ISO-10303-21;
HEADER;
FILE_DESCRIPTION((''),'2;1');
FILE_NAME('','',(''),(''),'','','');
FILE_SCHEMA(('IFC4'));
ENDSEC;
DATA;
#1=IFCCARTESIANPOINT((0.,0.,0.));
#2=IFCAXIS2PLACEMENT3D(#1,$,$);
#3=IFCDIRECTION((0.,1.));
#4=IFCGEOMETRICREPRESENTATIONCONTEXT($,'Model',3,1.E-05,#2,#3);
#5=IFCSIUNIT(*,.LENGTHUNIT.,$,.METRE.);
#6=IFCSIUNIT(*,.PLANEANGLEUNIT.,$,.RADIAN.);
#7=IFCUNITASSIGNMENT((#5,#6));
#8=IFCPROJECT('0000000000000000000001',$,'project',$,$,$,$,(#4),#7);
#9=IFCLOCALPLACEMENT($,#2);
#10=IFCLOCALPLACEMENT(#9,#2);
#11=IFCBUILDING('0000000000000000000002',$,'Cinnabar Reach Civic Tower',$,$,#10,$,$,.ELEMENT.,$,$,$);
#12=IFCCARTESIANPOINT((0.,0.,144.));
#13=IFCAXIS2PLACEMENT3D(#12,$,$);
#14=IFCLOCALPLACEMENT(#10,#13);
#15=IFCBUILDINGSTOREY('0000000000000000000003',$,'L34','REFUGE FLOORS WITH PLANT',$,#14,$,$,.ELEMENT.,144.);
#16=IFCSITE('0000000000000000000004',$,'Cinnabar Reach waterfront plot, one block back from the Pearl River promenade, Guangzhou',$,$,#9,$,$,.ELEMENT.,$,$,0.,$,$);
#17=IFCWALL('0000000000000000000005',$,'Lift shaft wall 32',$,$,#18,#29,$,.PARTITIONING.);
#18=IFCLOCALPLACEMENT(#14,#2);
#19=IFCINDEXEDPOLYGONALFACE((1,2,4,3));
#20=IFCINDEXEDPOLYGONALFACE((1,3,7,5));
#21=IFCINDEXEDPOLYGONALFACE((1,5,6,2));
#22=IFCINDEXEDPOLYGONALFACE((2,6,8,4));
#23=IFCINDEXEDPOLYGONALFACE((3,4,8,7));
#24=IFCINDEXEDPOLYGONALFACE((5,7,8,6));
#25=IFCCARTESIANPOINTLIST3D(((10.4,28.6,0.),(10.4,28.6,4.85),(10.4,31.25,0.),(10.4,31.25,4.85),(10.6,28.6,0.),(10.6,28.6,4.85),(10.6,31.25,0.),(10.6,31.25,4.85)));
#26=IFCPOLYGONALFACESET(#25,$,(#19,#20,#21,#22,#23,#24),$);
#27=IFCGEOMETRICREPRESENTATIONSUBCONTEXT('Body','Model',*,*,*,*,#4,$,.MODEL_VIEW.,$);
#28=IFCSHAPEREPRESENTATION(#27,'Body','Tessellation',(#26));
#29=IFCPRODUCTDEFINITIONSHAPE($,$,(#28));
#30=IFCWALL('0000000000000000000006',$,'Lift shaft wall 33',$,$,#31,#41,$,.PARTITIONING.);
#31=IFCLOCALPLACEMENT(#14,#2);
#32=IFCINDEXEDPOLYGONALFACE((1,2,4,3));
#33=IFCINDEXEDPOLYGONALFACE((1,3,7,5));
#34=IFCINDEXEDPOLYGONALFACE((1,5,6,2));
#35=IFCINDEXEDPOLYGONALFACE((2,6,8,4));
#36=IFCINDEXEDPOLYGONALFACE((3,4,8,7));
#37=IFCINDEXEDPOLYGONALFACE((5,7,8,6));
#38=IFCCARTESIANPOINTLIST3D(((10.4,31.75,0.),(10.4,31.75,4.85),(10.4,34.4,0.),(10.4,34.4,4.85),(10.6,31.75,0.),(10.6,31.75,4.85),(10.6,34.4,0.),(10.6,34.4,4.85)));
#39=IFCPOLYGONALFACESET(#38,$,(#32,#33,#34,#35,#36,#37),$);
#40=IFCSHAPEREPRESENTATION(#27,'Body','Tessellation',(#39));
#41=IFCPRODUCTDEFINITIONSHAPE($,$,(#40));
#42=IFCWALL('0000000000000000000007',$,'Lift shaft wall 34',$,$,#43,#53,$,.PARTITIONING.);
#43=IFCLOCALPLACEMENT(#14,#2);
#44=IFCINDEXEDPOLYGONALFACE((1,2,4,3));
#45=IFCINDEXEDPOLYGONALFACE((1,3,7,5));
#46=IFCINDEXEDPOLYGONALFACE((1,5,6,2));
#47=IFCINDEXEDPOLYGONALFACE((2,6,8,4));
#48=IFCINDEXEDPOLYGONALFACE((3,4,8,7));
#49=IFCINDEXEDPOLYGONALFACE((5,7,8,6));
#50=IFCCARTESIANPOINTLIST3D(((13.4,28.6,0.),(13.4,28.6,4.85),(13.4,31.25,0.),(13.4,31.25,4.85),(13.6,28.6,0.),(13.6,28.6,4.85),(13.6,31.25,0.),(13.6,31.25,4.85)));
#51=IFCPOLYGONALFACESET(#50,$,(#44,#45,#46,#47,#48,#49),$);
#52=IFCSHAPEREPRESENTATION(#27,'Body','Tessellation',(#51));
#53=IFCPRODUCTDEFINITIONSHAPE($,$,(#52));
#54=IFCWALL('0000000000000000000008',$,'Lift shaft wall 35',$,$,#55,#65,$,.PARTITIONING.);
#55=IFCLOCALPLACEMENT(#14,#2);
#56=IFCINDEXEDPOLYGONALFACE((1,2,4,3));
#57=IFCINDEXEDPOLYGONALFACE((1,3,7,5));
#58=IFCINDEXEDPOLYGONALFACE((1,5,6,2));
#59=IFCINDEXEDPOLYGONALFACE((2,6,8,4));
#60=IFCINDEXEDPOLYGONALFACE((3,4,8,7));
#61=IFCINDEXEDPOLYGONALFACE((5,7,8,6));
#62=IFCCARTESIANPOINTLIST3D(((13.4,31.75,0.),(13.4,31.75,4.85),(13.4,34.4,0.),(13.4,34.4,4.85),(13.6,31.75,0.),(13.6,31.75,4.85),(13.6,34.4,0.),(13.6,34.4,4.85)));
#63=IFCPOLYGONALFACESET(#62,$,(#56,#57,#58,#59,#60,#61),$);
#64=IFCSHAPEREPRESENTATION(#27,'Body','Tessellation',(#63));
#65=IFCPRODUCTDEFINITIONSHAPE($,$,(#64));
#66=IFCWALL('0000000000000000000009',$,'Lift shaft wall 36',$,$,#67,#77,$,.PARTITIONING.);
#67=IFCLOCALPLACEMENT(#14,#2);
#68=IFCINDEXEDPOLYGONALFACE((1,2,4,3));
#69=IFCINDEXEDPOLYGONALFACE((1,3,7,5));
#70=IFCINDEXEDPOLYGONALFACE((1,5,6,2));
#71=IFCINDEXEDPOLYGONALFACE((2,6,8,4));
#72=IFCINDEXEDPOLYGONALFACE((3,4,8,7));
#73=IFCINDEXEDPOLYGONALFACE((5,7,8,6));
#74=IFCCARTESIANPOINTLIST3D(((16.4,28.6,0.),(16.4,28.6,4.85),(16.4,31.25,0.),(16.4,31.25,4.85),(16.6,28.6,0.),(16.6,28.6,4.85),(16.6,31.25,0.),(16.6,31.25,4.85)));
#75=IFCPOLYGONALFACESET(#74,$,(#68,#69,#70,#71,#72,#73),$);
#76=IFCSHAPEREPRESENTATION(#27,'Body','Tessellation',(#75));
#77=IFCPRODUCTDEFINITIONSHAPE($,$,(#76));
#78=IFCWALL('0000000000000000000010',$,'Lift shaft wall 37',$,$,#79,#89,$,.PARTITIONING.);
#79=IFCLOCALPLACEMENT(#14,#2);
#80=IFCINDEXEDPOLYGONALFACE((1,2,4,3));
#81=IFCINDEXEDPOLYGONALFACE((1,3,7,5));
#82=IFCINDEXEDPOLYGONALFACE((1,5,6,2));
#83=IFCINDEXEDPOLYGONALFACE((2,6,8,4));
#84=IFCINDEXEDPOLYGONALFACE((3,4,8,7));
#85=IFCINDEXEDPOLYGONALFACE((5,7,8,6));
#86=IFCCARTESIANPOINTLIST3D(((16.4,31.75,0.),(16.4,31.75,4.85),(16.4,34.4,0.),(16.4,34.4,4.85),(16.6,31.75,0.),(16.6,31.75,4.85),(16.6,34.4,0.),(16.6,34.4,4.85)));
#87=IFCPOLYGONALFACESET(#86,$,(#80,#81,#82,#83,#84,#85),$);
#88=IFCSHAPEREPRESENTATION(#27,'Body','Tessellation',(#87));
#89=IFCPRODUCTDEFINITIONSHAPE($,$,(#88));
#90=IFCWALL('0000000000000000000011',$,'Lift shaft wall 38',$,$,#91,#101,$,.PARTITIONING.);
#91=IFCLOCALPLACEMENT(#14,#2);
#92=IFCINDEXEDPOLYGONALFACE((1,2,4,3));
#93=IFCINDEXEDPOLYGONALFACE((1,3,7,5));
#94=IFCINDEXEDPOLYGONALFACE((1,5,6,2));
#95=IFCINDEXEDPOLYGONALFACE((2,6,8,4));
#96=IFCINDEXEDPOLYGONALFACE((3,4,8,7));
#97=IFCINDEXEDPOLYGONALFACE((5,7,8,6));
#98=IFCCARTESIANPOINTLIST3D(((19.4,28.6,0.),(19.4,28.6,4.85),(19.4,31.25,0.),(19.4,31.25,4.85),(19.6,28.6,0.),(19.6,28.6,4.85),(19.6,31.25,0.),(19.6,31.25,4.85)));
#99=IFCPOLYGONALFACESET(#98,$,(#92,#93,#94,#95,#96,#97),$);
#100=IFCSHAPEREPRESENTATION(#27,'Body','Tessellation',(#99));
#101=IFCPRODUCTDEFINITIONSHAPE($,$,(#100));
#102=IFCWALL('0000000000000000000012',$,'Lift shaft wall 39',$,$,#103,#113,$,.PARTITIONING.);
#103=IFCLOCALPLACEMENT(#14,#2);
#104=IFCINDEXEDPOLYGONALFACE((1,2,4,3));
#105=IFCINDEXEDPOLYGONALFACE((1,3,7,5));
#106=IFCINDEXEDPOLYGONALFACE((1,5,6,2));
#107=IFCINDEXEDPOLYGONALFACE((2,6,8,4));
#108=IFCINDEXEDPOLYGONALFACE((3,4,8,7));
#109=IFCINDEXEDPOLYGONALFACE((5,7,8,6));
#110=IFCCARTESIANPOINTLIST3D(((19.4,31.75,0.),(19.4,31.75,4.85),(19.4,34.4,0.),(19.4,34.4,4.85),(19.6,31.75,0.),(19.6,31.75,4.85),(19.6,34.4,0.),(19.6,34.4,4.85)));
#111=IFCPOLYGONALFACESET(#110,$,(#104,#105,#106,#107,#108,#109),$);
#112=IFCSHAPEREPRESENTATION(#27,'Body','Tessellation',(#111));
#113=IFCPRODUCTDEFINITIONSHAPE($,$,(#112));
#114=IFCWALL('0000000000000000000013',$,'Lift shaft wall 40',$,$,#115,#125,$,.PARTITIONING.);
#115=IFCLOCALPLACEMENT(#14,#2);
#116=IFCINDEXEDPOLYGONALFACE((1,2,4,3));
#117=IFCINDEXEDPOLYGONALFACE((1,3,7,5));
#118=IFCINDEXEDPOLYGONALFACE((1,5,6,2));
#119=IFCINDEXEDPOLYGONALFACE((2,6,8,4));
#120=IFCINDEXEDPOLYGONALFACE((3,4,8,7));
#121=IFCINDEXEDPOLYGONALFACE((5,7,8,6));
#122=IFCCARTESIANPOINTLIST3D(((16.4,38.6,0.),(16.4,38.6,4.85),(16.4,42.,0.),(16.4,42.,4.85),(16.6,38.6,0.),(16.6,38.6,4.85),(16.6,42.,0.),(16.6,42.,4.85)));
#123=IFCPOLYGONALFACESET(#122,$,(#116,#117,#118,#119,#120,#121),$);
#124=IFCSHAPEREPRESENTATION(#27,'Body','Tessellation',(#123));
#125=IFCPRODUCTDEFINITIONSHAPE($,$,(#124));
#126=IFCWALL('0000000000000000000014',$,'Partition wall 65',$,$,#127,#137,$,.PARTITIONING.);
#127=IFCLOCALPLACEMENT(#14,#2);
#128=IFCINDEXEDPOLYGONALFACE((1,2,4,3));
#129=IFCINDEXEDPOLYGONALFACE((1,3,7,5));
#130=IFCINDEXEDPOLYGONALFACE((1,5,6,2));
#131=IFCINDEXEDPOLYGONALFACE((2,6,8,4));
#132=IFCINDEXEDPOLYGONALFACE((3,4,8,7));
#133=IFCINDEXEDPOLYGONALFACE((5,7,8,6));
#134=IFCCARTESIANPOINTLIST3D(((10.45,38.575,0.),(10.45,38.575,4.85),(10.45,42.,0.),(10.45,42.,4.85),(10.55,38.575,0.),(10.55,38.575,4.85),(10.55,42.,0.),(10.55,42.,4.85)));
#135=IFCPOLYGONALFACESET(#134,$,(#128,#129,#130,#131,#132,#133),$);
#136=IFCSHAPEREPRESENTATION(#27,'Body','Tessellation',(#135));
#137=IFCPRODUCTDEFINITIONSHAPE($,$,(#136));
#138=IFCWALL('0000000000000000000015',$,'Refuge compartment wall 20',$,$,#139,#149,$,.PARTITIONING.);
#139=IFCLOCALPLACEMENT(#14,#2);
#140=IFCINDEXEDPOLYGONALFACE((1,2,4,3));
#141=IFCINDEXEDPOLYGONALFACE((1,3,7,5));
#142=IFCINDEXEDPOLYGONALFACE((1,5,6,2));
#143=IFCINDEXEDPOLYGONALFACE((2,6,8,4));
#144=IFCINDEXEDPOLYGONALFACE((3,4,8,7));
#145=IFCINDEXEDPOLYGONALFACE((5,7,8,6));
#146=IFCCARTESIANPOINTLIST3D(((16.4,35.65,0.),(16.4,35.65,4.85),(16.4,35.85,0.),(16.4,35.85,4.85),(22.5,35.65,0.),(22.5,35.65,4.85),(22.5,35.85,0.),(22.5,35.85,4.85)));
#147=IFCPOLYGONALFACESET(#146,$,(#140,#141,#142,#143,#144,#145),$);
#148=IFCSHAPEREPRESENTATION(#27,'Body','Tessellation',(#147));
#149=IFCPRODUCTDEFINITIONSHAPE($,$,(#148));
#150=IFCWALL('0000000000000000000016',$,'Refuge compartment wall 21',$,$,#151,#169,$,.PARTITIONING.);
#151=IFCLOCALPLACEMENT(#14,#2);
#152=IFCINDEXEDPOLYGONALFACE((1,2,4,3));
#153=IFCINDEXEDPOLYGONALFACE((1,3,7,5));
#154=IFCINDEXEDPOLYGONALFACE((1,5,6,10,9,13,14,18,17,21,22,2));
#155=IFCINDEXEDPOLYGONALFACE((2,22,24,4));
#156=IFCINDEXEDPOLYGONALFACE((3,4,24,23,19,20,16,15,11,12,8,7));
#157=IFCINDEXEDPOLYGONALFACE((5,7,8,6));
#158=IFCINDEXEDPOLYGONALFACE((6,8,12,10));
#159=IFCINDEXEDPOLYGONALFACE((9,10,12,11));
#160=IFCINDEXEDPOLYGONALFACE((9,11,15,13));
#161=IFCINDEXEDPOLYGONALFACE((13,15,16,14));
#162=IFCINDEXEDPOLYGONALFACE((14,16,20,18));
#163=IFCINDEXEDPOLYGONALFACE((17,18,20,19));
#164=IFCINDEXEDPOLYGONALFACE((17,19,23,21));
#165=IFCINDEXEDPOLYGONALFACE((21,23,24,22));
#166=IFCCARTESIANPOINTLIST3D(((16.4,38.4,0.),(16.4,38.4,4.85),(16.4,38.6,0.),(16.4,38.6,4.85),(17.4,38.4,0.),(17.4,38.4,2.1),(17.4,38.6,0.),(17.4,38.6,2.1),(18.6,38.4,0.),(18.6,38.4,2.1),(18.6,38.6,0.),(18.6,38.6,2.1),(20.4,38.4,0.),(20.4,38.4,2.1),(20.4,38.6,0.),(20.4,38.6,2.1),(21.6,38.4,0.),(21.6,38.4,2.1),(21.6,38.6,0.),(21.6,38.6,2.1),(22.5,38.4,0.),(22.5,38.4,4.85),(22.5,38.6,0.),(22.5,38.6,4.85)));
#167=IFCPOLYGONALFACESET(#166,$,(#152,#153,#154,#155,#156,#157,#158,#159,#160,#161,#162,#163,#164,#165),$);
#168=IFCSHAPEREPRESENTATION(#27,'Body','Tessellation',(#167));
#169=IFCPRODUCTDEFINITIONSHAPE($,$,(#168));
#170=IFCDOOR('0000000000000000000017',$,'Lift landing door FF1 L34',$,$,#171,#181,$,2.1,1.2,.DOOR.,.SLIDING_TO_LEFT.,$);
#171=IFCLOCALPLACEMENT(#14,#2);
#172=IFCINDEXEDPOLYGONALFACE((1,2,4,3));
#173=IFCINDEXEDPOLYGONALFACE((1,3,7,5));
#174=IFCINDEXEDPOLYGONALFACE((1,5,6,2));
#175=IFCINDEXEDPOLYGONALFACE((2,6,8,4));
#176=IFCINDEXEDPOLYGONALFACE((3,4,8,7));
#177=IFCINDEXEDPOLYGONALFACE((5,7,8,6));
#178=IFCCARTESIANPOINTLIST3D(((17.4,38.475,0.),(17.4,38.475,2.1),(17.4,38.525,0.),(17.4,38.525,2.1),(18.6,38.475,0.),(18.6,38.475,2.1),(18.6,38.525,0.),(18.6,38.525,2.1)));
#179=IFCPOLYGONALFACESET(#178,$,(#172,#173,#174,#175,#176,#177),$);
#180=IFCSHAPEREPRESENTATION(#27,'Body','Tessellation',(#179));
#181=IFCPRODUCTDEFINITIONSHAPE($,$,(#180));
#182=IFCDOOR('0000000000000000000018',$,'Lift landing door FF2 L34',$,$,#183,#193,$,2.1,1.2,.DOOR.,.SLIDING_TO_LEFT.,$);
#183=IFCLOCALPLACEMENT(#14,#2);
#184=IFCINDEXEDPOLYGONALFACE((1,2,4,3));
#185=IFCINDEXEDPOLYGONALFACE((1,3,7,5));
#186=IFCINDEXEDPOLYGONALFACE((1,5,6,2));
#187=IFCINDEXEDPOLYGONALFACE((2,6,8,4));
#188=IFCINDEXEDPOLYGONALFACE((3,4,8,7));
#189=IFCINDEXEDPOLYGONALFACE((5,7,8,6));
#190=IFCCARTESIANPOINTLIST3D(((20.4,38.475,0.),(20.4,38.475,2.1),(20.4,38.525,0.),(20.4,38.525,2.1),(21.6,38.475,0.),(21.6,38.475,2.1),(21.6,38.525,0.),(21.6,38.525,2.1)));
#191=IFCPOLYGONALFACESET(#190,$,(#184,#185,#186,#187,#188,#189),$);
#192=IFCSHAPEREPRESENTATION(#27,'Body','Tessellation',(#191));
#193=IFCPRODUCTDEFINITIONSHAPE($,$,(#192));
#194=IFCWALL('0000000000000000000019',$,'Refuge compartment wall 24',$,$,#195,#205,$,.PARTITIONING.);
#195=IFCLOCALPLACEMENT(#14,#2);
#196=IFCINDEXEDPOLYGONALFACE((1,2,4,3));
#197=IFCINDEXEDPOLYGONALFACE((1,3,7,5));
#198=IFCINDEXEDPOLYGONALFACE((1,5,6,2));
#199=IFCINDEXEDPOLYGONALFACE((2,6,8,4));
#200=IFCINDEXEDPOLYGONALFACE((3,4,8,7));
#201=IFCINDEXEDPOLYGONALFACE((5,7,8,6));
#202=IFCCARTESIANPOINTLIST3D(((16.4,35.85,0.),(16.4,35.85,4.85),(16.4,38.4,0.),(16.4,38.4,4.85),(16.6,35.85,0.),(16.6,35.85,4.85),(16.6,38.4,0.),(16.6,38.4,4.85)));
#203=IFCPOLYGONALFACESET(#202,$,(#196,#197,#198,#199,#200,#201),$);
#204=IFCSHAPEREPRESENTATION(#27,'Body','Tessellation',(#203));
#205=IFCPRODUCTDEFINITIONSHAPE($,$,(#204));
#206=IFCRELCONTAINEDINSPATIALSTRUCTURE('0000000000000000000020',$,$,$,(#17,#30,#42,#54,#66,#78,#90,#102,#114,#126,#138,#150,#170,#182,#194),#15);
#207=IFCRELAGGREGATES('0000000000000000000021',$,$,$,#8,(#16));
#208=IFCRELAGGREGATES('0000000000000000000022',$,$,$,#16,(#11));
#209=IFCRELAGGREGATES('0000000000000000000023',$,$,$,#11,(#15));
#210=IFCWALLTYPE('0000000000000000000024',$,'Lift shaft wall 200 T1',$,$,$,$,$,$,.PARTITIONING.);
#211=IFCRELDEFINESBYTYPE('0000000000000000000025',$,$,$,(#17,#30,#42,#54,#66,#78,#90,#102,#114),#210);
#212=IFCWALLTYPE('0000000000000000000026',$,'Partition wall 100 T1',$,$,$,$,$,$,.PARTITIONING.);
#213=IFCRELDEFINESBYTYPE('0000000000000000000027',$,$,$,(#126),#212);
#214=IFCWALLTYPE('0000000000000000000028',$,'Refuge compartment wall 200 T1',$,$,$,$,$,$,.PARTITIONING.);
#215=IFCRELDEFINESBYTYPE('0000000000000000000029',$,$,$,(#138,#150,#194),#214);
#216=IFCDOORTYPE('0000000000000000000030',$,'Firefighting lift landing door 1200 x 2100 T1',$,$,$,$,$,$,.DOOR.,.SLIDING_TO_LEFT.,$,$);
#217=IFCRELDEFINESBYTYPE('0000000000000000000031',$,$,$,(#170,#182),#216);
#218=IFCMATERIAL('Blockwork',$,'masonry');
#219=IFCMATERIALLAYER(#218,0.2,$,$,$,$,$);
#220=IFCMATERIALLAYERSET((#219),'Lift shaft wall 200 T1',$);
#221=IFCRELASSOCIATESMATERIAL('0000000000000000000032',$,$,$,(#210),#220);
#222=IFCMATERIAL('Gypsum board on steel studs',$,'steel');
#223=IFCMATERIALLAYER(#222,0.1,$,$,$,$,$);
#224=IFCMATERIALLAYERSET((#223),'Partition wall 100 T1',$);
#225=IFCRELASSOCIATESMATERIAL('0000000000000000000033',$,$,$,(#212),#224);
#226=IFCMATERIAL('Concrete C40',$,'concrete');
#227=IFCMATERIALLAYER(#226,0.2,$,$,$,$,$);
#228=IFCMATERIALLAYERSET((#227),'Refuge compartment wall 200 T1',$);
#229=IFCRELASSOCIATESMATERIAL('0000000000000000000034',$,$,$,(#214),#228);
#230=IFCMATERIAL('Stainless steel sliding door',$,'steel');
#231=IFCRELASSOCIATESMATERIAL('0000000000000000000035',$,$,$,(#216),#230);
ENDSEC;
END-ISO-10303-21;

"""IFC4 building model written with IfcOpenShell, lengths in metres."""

from ifc_helpers import new_model, si_unit, direction, frame, frame_2d, origin, place, context, subcontext, project, spatial, rectangle, extrude, material, layer, layer_set, type_object, element, fill, save


model = new_model("IFC4")

# Units and contexts
model_context = context("Model", 3, precision=1e-05, world=origin(), true_north=direction((0.0, 1.0)))
body_context = subcontext(model_context, "Body", "Model", "MODEL_VIEW")
ifc_project = project(units=[si_unit("LENGTHUNIT", "METRE"), si_unit("PLANEANGLEUNIT", "RADIAN")], contexts=[model_context])

# Site, building, storey
site_placement = place(None, origin())
site = spatial("IfcSite", under=ifc_project, at=site_placement, Name="Cinnabar Reach waterfront plot, one block back from the Pearl River promenade, Guangzhou", CompositionType="ELEMENT", RefElevation=0.0)
building_placement = place(site_placement, origin())
building = spatial("IfcBuilding", under=site, at=building_placement, Name="Cinnabar Reach Civic Tower", CompositionType="ELEMENT")
storey_placement = place(building_placement, frame((0.0, 0.0, 144.0)))
storey = spatial("IfcBuildingStorey", under=building, at=storey_placement, Name="L34", Description="REFUGE FLOORS WITH PLANT", CompositionType="ELEMENT", Elevation=144.0)

# Walls
ifc_material_1 = material(Name="Blockwork", Category="masonry")
ifc_layer_1 = layer(ifc_material_1, 0.2)
ifc_layer_set_1 = layer_set([ifc_layer_1], Name="Lift shaft wall 200 T1")
wall_type_1 = type_object("IfcWallType", Name="Lift shaft wall 200 T1", PredefinedType="PARTITIONING", material=ifc_layer_set_1)
for number, where, z_axis, x_axis, name in (
    (1, (10.5, 28.6, 0.0), (0.0, 0.0, 1.0), (0.0, 1.0, 0.0), "Lift shaft wall 32"),
    (2, (10.5, 31.75, 0.0), (0.0, 0.0, 1.0), (0.0, 1.0, 0.0), "Lift shaft wall 33"),
    (3, (13.5, 28.6, 0.0), (0.0, 0.0, 1.0), (0.0, 1.0, 0.0), "Lift shaft wall 34"),
    (4, (13.5, 31.75, 0.0), (0.0, 0.0, 1.0), (0.0, 1.0, 0.0), "Lift shaft wall 35"),
    (5, (16.5, 28.6, 0.0), (0.0, 0.0, 1.0), (0.0, 1.0, 0.0), "Lift shaft wall 36"),
    (6, (16.5, 31.75, 0.0), (0.0, 0.0, 1.0), (0.0, 1.0, 0.0), "Lift shaft wall 37"),
    (7, (19.5, 28.6, 0.0), (0.0, 0.0, 1.0), (0.0, 1.0, 0.0), "Lift shaft wall 38"),
    (8, (19.5, 31.75, 0.0), (0.0, 0.0, 1.0), (0.0, 1.0, 0.0), "Lift shaft wall 39"),
):
    element("IfcWall", number, at=place(storey_placement, frame(where, z_axis=z_axis, x_axis=x_axis)), inside=storey, type_object=wall_type_1, Name=name, PredefinedType="PARTITIONING", context=body_context, shape_type="SweptSolid", body=[
        extrude(rectangle(XDim=2.65, YDim=0.2, at=frame_2d((1.325, 0.0))), origin(), (0.0, 0.0, 1.0), 4.85),
    ])
wall_1_placement = place(storey_placement, frame((16.5, 38.6, 0.0), z_axis=(0.0, 0.0, 1.0), x_axis=(0.0, 1.0, 0.0)))
element("IfcWall", 9, at=wall_1_placement, inside=storey, type_object=wall_type_1, Name="Lift shaft wall 40", PredefinedType="PARTITIONING", context=body_context, shape_type="SweptSolid", body=[
    extrude(rectangle(XDim=3.4, YDim=0.2, at=frame_2d((1.7, 0.0))), origin(), (0.0, 0.0, 1.0), 4.85),
])
ifc_material_2 = material(Name="Gypsum board on steel studs", Category="steel")
ifc_layer_2 = layer(ifc_material_2, 0.1)
ifc_layer_set_2 = layer_set([ifc_layer_2], Name="Partition wall 100 T1")
wall_type_2 = type_object("IfcWallType", Name="Partition wall 100 T1", PredefinedType="PARTITIONING", material=ifc_layer_set_2)
wall_2_placement = place(storey_placement, frame((10.5, 38.575, 0.0), z_axis=(0.0, 0.0, 1.0), x_axis=(0.0, 1.0, 0.0)))
element("IfcWall", 10, at=wall_2_placement, inside=storey, type_object=wall_type_2, Name="Partition wall 65", PredefinedType="PARTITIONING", context=body_context, shape_type="SweptSolid", body=[
    extrude(rectangle(XDim=3.425, YDim=0.1, at=frame_2d((1.7125, 0.0))), origin(), (0.0, 0.0, 1.0), 4.85),
])
ifc_material_3 = material(Name="Concrete C40", Category="concrete")
ifc_layer_3 = layer(ifc_material_3, 0.2)
ifc_layer_set_3 = layer_set([ifc_layer_3], Name="Refuge compartment wall 200 T1")
wall_type_3 = type_object("IfcWallType", Name="Refuge compartment wall 200 T1", PredefinedType="PARTITIONING", material=ifc_layer_set_3)
wall_3_placement = place(storey_placement, frame((16.4, 35.75, 0.0), z_axis=(0.0, 0.0, 1.0), x_axis=(1.0, 0.0, 0.0)))
element("IfcWall", 11, at=wall_3_placement, inside=storey, type_object=wall_type_3, Name="Refuge compartment wall 20", PredefinedType="PARTITIONING", context=body_context, shape_type="SweptSolid", body=[
    extrude(rectangle(XDim=6.1, YDim=0.2, at=frame_2d((3.05, 0.0))), origin(), (0.0, 0.0, 1.0), 4.85),
])

# Wall, openings, doors
wall_4_placement = place(storey_placement, frame((16.4, 38.5, 0.0), z_axis=(0.0, 0.0, 1.0), x_axis=(1.0, 0.0, 0.0)))
wall_4 = element("IfcWall", 12, at=wall_4_placement, inside=storey, type_object=wall_type_3, Name="Refuge compartment wall 21", PredefinedType="PARTITIONING", context=body_context, shape_type="SweptSolid", body=[
    extrude(rectangle(XDim=6.1, YDim=0.2, at=frame_2d((3.05, 0.0))), origin(), (0.0, 0.0, 1.0), 4.85),
])
opening_1_placement = place(wall_4_placement, frame((1.0, 0.0, 0.0)))
opening_1 = element("IfcOpeningElement", 13, at=opening_1_placement, cuts=wall_4, PredefinedType="OPENING", context=body_context, shape_type="SweptSolid", body=[
    extrude(rectangle(XDim=1.2, YDim=2.1, at=frame_2d((0.6, 1.05))), frame((0.0, 0.11, 0.0), z_axis=(0.0, -1.0, 0.0), x_axis=(1.0, 0.0, 0.0)), (0.0, 0.0, 1.0), 0.22),
])
opening_2_placement = place(wall_4_placement, frame((4.0, 0.0, 0.0)))
opening_2 = element("IfcOpeningElement", 14, at=opening_2_placement, cuts=wall_4, PredefinedType="OPENING", context=body_context, shape_type="SweptSolid", body=[
    extrude(rectangle(XDim=1.2, YDim=2.1, at=frame_2d((0.6, 1.05))), frame((0.0, 0.11, 0.0), z_axis=(0.0, -1.0, 0.0), x_axis=(1.0, 0.0, 0.0)), (0.0, 0.0, 1.0), 0.22),
])
ifc_material_4 = material(Name="Stainless steel sliding door", Category="steel")
door_type = type_object("IfcDoorType", Name="Firefighting lift landing door 1200 x 2100 T1", OperationType="SLIDING_TO_LEFT", PredefinedType="DOOR", material=ifc_material_4)
door_1_placement = place(opening_1_placement, origin())
door_1 = element("IfcDoor", 15, at=door_1_placement, inside=storey, type_object=door_type, Name="Lift landing door FF1 L34", OperationType="SLIDING_TO_LEFT", OverallHeight=2.1, OverallWidth=1.2, PredefinedType="DOOR", context=body_context, shape_type="SweptSolid", body=[
    extrude(rectangle(XDim=1.2, YDim=2.1, at=frame_2d((0.6, 1.05))), frame((0.0, 0.025, 0.0), z_axis=(0.0, -1.0, 0.0), x_axis=(1.0, 0.0, 0.0)), (0.0, 0.0, 1.0), 0.05),
])
fill(opening_1, door_1)
door_2_placement = place(opening_2_placement, origin())
door_2 = element("IfcDoor", 16, at=door_2_placement, inside=storey, type_object=door_type, Name="Lift landing door FF2 L34", OperationType="SLIDING_TO_LEFT", OverallHeight=2.1, OverallWidth=1.2, PredefinedType="DOOR", context=body_context, shape_type="SweptSolid", body=[
    extrude(rectangle(XDim=1.2, YDim=2.1, at=frame_2d((0.6, 1.05))), frame((0.0, 0.025, 0.0), z_axis=(0.0, -1.0, 0.0), x_axis=(1.0, 0.0, 0.0)), (0.0, 0.0, 1.0), 0.05),
])
fill(opening_2, door_2)

# Wall
wall_5_placement = place(storey_placement, frame((16.5, 35.85, 0.0), z_axis=(0.0, 0.0, 1.0), x_axis=(0.0, 1.0, 0.0)))
element("IfcWall", 17, at=wall_5_placement, inside=storey, type_object=wall_type_3, Name="Refuge compartment wall 24", PredefinedType="PARTITIONING", context=body_context, shape_type="SweptSolid", body=[
    extrude(rectangle(XDim=2.55, YDim=0.2, at=frame_2d((1.275, 0.0))), origin(), (0.0, 0.0, 1.0), 4.85),
])

save(model, "model.ifc")
